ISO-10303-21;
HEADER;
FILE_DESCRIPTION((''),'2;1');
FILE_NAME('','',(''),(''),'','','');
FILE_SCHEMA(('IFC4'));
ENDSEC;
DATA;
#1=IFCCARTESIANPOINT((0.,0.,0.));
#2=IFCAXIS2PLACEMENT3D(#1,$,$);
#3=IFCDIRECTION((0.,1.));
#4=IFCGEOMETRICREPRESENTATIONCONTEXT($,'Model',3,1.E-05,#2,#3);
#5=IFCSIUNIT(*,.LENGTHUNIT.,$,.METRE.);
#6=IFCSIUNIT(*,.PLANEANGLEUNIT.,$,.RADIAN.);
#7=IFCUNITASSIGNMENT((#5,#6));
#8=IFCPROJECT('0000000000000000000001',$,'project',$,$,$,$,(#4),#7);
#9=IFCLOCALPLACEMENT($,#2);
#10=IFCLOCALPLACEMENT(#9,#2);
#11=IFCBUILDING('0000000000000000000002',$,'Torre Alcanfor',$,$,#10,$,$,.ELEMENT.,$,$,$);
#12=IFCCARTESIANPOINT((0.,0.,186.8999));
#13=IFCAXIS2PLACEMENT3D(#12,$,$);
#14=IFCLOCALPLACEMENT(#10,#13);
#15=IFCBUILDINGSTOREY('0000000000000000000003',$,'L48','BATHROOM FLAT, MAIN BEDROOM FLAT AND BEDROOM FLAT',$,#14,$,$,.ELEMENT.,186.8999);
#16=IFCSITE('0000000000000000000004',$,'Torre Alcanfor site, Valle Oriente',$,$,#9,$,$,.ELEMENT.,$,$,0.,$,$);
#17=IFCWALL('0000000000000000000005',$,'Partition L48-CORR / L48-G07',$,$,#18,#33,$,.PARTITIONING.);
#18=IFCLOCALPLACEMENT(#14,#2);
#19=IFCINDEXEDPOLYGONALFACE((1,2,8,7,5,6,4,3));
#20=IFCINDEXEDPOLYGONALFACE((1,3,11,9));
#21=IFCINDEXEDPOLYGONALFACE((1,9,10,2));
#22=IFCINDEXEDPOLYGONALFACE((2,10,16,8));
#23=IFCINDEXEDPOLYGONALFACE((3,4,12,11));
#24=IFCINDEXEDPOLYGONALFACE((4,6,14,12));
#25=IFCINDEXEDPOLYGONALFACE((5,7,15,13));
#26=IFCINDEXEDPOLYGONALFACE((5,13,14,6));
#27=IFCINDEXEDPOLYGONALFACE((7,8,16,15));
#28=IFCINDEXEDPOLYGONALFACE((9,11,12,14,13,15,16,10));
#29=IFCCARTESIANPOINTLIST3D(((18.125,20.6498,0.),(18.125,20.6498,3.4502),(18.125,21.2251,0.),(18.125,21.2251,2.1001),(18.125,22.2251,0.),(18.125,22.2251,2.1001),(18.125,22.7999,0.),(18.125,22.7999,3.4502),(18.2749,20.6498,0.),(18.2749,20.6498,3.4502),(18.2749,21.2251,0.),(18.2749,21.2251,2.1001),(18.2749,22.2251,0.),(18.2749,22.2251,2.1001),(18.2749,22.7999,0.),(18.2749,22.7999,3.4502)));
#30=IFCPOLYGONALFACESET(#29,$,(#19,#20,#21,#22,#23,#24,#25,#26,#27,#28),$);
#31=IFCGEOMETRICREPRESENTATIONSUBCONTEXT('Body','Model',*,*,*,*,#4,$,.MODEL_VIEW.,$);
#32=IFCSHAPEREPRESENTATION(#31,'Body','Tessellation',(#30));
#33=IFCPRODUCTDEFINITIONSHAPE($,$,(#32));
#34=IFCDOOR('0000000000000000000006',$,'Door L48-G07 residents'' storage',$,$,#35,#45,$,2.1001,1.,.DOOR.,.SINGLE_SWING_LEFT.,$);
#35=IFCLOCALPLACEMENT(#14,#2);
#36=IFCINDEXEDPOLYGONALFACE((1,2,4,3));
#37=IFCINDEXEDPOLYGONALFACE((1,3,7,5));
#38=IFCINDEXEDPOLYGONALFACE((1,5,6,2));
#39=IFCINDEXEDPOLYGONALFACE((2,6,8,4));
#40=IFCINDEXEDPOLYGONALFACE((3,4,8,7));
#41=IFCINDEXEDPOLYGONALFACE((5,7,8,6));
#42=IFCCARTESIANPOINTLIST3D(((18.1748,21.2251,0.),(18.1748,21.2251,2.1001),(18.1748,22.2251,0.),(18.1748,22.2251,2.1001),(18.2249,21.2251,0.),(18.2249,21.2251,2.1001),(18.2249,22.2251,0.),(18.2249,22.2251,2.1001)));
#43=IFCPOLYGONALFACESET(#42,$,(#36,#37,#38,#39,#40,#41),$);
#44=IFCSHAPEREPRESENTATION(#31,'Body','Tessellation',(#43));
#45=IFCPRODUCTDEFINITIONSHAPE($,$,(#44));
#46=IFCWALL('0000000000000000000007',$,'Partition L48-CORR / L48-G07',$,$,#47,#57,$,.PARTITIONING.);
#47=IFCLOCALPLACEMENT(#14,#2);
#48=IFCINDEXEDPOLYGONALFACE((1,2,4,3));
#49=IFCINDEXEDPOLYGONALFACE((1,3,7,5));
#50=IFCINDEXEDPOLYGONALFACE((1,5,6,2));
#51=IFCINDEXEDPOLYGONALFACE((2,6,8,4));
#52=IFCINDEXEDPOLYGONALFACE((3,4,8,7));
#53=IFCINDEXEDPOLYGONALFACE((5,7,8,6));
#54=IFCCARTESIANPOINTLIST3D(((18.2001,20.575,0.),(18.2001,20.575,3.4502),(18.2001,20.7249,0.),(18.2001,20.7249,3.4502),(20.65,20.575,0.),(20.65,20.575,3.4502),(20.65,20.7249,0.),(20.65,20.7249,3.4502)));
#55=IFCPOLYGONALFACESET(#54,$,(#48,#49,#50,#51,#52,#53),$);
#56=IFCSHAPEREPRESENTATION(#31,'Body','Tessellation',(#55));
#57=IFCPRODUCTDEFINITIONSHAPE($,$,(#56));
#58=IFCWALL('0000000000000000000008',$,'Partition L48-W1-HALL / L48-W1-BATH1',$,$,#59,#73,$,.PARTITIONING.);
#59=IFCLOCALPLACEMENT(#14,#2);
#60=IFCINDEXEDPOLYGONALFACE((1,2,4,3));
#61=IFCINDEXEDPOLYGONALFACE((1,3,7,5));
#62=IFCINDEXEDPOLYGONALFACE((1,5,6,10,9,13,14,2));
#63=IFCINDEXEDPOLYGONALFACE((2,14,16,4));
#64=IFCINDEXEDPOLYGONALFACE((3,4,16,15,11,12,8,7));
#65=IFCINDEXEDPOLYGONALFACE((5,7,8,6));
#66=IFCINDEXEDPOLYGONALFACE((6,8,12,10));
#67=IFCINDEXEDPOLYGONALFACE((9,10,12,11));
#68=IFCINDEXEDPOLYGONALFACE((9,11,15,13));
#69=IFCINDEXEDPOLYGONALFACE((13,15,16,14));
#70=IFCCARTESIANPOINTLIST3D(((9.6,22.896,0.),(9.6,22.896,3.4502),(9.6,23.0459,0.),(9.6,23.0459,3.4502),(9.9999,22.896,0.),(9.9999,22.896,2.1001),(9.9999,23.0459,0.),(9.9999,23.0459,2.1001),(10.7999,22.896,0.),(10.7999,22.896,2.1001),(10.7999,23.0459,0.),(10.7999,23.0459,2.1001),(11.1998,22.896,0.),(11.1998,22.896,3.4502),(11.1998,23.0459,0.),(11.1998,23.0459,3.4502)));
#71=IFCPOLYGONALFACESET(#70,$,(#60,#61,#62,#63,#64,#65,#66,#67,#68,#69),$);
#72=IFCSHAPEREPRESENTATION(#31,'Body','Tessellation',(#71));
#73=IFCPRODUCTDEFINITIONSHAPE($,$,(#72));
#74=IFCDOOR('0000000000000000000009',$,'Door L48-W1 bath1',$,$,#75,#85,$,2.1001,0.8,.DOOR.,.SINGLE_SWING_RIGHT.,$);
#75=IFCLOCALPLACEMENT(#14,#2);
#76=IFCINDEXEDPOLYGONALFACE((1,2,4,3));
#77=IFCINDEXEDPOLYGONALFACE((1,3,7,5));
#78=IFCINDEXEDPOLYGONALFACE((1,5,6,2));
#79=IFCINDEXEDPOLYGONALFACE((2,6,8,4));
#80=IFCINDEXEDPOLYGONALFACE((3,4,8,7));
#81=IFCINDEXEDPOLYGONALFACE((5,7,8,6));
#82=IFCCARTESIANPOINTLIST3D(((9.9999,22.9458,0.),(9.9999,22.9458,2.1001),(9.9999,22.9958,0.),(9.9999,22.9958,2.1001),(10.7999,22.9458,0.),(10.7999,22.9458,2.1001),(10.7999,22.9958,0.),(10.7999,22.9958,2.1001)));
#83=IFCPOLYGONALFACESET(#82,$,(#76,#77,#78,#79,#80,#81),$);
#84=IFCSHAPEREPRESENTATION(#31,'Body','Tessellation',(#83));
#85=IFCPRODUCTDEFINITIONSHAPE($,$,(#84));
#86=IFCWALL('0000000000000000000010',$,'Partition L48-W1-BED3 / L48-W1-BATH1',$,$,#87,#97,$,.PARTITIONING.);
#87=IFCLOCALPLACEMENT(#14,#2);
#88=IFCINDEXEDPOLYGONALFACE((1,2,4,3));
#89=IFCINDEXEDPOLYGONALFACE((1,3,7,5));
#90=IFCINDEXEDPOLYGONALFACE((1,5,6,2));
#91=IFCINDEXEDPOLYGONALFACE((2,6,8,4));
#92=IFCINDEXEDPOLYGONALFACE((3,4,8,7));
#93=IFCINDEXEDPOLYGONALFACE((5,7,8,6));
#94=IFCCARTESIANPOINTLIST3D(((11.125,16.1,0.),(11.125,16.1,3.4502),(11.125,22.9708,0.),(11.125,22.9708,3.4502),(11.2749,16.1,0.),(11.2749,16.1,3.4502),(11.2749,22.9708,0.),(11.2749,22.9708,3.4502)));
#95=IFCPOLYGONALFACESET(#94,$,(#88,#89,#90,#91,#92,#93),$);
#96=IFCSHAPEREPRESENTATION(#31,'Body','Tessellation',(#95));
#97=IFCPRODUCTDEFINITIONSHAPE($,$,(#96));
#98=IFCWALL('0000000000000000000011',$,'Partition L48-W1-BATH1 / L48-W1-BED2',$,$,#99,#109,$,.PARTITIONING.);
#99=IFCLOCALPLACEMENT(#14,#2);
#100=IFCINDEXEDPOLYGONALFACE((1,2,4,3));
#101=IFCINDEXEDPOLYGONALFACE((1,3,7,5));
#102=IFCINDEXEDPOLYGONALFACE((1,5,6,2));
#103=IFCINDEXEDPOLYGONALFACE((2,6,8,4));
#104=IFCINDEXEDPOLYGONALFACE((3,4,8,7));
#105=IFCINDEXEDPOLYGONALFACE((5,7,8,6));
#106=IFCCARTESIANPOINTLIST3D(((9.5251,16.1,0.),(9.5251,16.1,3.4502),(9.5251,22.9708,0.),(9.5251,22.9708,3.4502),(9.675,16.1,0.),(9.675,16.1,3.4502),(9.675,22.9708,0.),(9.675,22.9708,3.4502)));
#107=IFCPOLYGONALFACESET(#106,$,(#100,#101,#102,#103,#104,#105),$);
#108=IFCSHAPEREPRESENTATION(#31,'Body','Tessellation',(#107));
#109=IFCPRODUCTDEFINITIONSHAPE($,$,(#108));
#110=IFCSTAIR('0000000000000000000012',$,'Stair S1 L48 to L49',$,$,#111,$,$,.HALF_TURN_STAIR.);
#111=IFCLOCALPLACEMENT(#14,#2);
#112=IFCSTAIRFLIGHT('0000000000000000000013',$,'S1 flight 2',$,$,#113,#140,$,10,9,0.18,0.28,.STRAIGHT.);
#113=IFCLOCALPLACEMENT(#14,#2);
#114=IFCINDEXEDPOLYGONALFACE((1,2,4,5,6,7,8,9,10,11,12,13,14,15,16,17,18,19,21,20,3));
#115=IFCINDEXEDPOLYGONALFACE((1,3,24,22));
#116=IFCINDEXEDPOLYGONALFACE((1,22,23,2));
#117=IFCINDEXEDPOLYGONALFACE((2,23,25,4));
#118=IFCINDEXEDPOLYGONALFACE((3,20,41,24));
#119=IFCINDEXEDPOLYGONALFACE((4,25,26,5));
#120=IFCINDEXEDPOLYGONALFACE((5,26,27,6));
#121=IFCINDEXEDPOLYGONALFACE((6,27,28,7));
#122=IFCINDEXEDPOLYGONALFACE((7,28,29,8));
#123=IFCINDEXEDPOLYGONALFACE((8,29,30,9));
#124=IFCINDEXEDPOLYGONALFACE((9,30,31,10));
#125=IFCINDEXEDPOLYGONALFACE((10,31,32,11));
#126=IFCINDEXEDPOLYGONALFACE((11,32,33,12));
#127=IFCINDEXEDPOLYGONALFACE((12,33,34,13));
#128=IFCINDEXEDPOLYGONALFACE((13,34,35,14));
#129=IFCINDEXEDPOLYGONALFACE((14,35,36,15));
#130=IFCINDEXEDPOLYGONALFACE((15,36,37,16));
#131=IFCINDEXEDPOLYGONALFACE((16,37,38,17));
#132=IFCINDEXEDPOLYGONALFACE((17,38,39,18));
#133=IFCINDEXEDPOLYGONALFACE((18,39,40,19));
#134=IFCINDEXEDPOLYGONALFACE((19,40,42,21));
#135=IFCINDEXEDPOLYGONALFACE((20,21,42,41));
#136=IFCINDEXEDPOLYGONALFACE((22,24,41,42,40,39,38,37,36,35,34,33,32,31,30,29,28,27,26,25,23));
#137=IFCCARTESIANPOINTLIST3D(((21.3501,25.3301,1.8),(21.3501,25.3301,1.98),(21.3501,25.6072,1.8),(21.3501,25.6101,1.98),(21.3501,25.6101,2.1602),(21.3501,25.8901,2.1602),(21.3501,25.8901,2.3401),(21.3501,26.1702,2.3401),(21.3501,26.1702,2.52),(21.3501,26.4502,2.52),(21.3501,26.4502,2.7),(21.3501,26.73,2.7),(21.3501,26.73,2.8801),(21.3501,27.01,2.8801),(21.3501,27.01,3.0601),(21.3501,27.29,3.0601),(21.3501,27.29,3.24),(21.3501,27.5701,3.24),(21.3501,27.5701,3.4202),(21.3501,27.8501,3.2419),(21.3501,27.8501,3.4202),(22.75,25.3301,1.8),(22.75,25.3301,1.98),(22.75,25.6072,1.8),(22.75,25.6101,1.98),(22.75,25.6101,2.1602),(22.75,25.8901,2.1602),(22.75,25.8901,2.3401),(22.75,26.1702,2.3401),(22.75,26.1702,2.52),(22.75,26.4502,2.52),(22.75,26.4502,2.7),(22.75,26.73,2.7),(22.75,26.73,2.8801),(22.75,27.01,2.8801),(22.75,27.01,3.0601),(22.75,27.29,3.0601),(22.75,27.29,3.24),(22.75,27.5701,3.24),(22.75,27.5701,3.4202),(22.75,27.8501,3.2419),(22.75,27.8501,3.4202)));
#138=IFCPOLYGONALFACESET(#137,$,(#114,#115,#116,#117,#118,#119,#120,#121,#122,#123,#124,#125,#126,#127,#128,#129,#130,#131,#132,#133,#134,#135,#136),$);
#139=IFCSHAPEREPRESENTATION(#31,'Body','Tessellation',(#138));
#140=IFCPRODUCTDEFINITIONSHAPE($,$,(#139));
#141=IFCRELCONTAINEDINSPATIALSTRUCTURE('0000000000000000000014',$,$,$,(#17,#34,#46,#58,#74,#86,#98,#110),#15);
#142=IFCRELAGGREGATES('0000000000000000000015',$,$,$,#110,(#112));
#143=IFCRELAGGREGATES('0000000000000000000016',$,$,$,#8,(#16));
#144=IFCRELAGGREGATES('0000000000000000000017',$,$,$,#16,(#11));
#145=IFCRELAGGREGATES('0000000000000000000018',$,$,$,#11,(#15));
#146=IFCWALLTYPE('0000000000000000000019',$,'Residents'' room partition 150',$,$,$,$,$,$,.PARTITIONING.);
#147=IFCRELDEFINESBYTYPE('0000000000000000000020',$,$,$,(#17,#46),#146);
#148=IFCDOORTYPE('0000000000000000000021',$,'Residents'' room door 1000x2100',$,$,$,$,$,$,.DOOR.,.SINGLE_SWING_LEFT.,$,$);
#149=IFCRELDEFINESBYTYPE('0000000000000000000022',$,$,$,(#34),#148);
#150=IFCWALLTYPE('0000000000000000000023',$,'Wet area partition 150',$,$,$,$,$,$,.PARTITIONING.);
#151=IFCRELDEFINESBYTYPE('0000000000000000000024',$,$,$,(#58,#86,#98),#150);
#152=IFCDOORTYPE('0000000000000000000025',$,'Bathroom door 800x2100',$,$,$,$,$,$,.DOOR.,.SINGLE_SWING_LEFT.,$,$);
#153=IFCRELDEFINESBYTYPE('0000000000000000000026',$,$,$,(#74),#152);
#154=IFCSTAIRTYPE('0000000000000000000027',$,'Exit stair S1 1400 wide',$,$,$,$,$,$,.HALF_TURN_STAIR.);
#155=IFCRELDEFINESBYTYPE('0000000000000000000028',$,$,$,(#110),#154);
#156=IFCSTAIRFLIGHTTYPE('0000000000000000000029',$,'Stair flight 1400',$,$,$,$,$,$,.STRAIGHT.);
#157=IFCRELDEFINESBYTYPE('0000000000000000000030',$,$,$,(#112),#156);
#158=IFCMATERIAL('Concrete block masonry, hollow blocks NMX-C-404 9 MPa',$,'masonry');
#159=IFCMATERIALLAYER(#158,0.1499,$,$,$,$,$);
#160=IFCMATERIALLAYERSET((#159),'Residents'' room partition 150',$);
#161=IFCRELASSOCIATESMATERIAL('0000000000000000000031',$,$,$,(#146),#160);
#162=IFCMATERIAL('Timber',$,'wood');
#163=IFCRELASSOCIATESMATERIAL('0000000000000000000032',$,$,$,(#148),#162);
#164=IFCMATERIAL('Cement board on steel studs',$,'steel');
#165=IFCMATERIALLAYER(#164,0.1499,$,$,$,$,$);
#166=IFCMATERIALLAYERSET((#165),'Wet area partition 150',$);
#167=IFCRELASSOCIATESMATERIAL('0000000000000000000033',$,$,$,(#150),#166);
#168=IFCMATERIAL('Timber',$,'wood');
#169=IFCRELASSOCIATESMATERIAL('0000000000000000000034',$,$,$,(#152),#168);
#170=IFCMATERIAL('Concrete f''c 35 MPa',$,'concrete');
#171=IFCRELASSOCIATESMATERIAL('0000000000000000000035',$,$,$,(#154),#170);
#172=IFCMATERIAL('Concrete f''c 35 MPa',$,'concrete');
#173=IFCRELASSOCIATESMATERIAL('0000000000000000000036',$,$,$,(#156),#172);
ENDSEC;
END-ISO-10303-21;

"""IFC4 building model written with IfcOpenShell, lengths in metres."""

from ifc_helpers import new_model, si_unit, direction, frame, frame_2d, origin, place, context, subcontext, project, spatial, polyline, rectangle, outline, extrude, material, layer, layer_set, type_object, element, fill, aggregate, save


model = new_model("IFC4")

# Units and contexts
model_context = context("Model", 3, precision=1e-05, world=origin(), true_north=direction((0.0, 1.0)))
body_context = subcontext(model_context, "Body", "Model", "MODEL_VIEW")
ifc_project = project(units=[si_unit("LENGTHUNIT", "METRE"), si_unit("PLANEANGLEUNIT", "RADIAN")], contexts=[model_context])

# Site, building, storey
site_placement = place(None, origin())
site = spatial("IfcSite", under=ifc_project, at=site_placement, Name="Torre Alcanfor site, Valle Oriente", CompositionType="ELEMENT", RefElevation=0.0)
building_placement = place(site_placement, origin())
building = spatial("IfcBuilding", under=site, at=building_placement, Name="Torre Alcanfor", CompositionType="ELEMENT")
storey_placement = place(building_placement, frame((0.0, 0.0, 186.8999)))
storey = spatial("IfcBuildingStorey", under=building, at=storey_placement, Name="L48", Description="BATHROOM FLAT, MAIN BEDROOM FLAT AND BEDROOM FLAT", CompositionType="ELEMENT", Elevation=186.8999)

# Shared definitions
ifc_material_1 = material(Name="Concrete block masonry, hollow blocks NMX-C-404 9 MPa", Category="masonry")
ifc_layer_1 = layer(ifc_material_1, 0.1499)
ifc_layer_set_1 = layer_set([ifc_layer_1], Name="Residents' room partition 150")
wall_type_1 = type_object("IfcWallType", Name="Residents' room partition 150", PredefinedType="PARTITIONING", material=ifc_layer_set_1)

# Shared definitions
ifc_material_2 = material(Name="Timber", Category="wood")
door_type_1 = type_object("IfcDoorType", Name="Residents' room door 1000x2100", OperationType="SINGLE_SWING_LEFT", PredefinedType="DOOR", material=ifc_material_2)

# Wall, opening, door
wall_1_placement = place(storey_placement, frame((18.2, 22.8, 0.0), z_axis=(0.0, 0.0, 1.0), x_axis=(0.0, -1.0, 0.0)))
wall_1 = element("IfcWall", 1, at=wall_1_placement, inside=storey, type_object=wall_type_1, Name="Partition L48-CORR / L48-G07", PredefinedType="PARTITIONING", context=body_context, shape_type="SweptSolid", body=[
    extrude(rectangle(XDim=2.1501, YDim=0.1499, at=frame_2d((1.0752, 0.0))), origin(), (0.0, 0.0, 1.0), 3.4502),
])
opening_1_placement = place(wall_1_placement, frame((0.575, 0.0, 0.0)))
opening_1 = element("IfcOpeningElement", 2, at=opening_1_placement, cuts=wall_1, PredefinedType="OPENING", context=body_context, shape_type="SweptSolid", body=[
    extrude(rectangle(XDim=1.0, YDim=2.1001, at=frame_2d((0.5, 1.05))), frame((0.0, 0.085, 0.0), z_axis=(0.0, -1.0, 0.0), x_axis=(1.0, 0.0, 0.0)), (0.0, 0.0, 1.0), 0.1699),
])
door_1_placement = place(opening_1_placement, origin())
door_1 = element("IfcDoor", 3, at=door_1_placement, inside=storey, type_object=door_type_1, Name="Door L48-G07 residents' storage", OperationType="SINGLE_SWING_LEFT", OverallHeight=2.1001, OverallWidth=1.0, PredefinedType="DOOR", context=body_context, shape_type="SweptSolid", body=[
    extrude(rectangle(XDim=1.0, YDim=2.1001, at=frame_2d((0.5, 1.05))), frame((0.0, 0.0249, 0.0), z_axis=(0.0, -1.0, 0.0), x_axis=(1.0, 0.0, 0.0)), (0.0, 0.0, 1.0), 0.05),
])
fill(opening_1, door_1)

# Wall
wall_2_placement = place(storey_placement, frame((18.2, 20.6499, 0.0), z_axis=(0.0, 0.0, 1.0), x_axis=(1.0, 0.0, 0.0)))
element("IfcWall", 4, at=wall_2_placement, inside=storey, type_object=wall_type_1, Name="Partition L48-CORR / L48-G07", PredefinedType="PARTITIONING", context=body_context, shape_type="SweptSolid", body=[
    extrude(rectangle(XDim=2.45, YDim=0.1499, at=frame_2d((1.2251, 0.0))), origin(), (0.0, 0.0, 1.0), 3.4502),
])

# Wall, opening, door
ifc_material_3 = material(Name="Cement board on steel studs", Category="steel")
ifc_layer_2 = layer(ifc_material_3, 0.1499)
ifc_layer_set_2 = layer_set([ifc_layer_2], Name="Wet area partition 150")
wall_type_2 = type_object("IfcWallType", Name="Wet area partition 150", PredefinedType="PARTITIONING", material=ifc_layer_set_2)
wall_3_placement = place(storey_placement, frame((9.6001, 22.9709, 0.0), z_axis=(0.0, 0.0, 1.0), x_axis=(1.0, 0.0, 0.0)))
wall_3 = element("IfcWall", 5, at=wall_3_placement, inside=storey, type_object=wall_type_2, Name="Partition L48-W1-HALL / L48-W1-BATH1", PredefinedType="PARTITIONING", context=body_context, shape_type="SweptSolid", body=[
    extrude(rectangle(XDim=1.5999, YDim=0.1499, at=frame_2d((0.7998, 0.0))), origin(), (0.0, 0.0, 1.0), 3.4502),
])
opening_2_placement = place(wall_3_placement, frame((0.3999, 0.0, 0.0)))
opening_2 = element("IfcOpeningElement", 6, at=opening_2_placement, cuts=wall_3, PredefinedType="OPENING", context=body_context, shape_type="SweptSolid", body=[
    extrude(rectangle(XDim=0.8, YDim=2.1001, at=frame_2d((0.3999, 1.05))), frame((0.0, 0.085, 0.0), z_axis=(0.0, -1.0, 0.0), x_axis=(1.0, 0.0, 0.0)), (0.0, 0.0, 1.0), 0.1699),
])
ifc_material_4 = material(Name="Timber", Category="wood")
door_type_2 = type_object("IfcDoorType", Name="Bathroom door 800x2100", OperationType="SINGLE_SWING_LEFT", PredefinedType="DOOR", material=ifc_material_4)
door_2_placement = place(opening_2_placement, frame((0.8, 0.0, 0.0), z_axis=(0.0, 0.0, 1.0), x_axis=(-1.0, 0.0, 0.0)))
door_2 = element("IfcDoor", 7, at=door_2_placement, inside=storey, type_object=door_type_2, Name="Door L48-W1 bath1", OperationType="SINGLE_SWING_RIGHT", OverallHeight=2.1001, OverallWidth=0.8, PredefinedType="DOOR", context=body_context, shape_type="SweptSolid", body=[
    extrude(rectangle(XDim=0.8, YDim=2.1001, at=frame_2d((0.4001, 1.05))), frame((0.0, 0.0251, 0.0), z_axis=(0.0, -1.0, 0.0), x_axis=(1.0, 0.0, 0.0)), (0.0, 0.0, 1.0), 0.05),
])
fill(opening_2, door_2)

# Walls
for number, where, z_axis, x_axis, name in (
    (8, (11.2, 22.9709, 0.0), (0.0, 0.0, 1.0), (0.0, -1.0, 0.0), "Partition L48-W1-BED3 / L48-W1-BATH1"),
    (9, (9.6001, 22.9709, 0.0), (0.0, 0.0, 1.0), (0.0, -1.0, 0.0), "Partition L48-W1-BATH1 / L48-W1-BED2"),
):
    element("IfcWall", number, at=place(storey_placement, frame(where, z_axis=z_axis, x_axis=x_axis)), inside=storey, type_object=wall_type_2, Name=name, PredefinedType="PARTITIONING", context=body_context, shape_type="SweptSolid", body=[
        extrude(rectangle(XDim=6.8708, YDim=0.1499, at=frame_2d((3.4355, 0.0))), origin(), (0.0, 0.0, 1.0), 3.4502),
    ])

# Stair, stair flight
ifc_material_5 = material(Name="Concrete f'c 35 MPa", Category="concrete")
stair_type = type_object("IfcStairType", Name="Exit stair S1 1400 wide", PredefinedType="HALF_TURN_STAIR", material=ifc_material_5)
stair_placement = place(storey_placement, origin())
stair = element("IfcStair", 10, at=stair_placement, inside=storey, type_object=stair_type, Name="Stair S1 L48 to L49", PredefinedType="HALF_TURN_STAIR")
ifc_material_6 = material(Name="Concrete f'c 35 MPa", Category="concrete")
stair_flight_type = type_object("IfcStairFlightType", Name="Stair flight 1400", PredefinedType="STRAIGHT", material=ifc_material_6)
stair_flight_placement = place(storey_placement, frame((22.05, 25.3301, 1.8), z_axis=(0.0, 0.0, 1.0), x_axis=(0.0, 1.0, 0.0)))
stair_flight = element("IfcStairFlight", 11, at=stair_flight_placement, type_object=stair_flight_type, Name="S1 flight 2", NumberOfRisers=10, NumberOfTreads=9, PredefinedType="STRAIGHT", RiserHeight=0.18, TreadLength=0.28, context=body_context, shape_type="SweptSolid", body=[
    extrude(outline(polyline([(0.0, 0.0), (0.0, 0.1799), (0.28, 0.1799), (0.28, 0.3601), (0.5601, 0.3601), (0.5601, 0.54), (0.8401, 0.54), (0.8401, 0.72), (1.1201, 0.72), (1.1201, 0.8999), (1.3999, 0.8999), (1.3999, 1.0801), (1.6799, 1.0801), (1.6799, 1.26), (1.96, 1.26), (1.96, 1.4399), (2.24, 1.4399), (2.24, 1.6201), (2.52, 1.6201), (2.52, 1.8), (2.52, 1.4419), (0.2771, 0.0), (0.0, 0.0)])), frame((0.0, 0.7, 0.0), z_axis=(0.0, -1.0, 0.0), x_axis=(1.0, 0.0, 0.0)), (0.0, 0.0, 1.0), 1.3999),
])
aggregate(stair, [stair_flight])

save(model, "model.ifc")
